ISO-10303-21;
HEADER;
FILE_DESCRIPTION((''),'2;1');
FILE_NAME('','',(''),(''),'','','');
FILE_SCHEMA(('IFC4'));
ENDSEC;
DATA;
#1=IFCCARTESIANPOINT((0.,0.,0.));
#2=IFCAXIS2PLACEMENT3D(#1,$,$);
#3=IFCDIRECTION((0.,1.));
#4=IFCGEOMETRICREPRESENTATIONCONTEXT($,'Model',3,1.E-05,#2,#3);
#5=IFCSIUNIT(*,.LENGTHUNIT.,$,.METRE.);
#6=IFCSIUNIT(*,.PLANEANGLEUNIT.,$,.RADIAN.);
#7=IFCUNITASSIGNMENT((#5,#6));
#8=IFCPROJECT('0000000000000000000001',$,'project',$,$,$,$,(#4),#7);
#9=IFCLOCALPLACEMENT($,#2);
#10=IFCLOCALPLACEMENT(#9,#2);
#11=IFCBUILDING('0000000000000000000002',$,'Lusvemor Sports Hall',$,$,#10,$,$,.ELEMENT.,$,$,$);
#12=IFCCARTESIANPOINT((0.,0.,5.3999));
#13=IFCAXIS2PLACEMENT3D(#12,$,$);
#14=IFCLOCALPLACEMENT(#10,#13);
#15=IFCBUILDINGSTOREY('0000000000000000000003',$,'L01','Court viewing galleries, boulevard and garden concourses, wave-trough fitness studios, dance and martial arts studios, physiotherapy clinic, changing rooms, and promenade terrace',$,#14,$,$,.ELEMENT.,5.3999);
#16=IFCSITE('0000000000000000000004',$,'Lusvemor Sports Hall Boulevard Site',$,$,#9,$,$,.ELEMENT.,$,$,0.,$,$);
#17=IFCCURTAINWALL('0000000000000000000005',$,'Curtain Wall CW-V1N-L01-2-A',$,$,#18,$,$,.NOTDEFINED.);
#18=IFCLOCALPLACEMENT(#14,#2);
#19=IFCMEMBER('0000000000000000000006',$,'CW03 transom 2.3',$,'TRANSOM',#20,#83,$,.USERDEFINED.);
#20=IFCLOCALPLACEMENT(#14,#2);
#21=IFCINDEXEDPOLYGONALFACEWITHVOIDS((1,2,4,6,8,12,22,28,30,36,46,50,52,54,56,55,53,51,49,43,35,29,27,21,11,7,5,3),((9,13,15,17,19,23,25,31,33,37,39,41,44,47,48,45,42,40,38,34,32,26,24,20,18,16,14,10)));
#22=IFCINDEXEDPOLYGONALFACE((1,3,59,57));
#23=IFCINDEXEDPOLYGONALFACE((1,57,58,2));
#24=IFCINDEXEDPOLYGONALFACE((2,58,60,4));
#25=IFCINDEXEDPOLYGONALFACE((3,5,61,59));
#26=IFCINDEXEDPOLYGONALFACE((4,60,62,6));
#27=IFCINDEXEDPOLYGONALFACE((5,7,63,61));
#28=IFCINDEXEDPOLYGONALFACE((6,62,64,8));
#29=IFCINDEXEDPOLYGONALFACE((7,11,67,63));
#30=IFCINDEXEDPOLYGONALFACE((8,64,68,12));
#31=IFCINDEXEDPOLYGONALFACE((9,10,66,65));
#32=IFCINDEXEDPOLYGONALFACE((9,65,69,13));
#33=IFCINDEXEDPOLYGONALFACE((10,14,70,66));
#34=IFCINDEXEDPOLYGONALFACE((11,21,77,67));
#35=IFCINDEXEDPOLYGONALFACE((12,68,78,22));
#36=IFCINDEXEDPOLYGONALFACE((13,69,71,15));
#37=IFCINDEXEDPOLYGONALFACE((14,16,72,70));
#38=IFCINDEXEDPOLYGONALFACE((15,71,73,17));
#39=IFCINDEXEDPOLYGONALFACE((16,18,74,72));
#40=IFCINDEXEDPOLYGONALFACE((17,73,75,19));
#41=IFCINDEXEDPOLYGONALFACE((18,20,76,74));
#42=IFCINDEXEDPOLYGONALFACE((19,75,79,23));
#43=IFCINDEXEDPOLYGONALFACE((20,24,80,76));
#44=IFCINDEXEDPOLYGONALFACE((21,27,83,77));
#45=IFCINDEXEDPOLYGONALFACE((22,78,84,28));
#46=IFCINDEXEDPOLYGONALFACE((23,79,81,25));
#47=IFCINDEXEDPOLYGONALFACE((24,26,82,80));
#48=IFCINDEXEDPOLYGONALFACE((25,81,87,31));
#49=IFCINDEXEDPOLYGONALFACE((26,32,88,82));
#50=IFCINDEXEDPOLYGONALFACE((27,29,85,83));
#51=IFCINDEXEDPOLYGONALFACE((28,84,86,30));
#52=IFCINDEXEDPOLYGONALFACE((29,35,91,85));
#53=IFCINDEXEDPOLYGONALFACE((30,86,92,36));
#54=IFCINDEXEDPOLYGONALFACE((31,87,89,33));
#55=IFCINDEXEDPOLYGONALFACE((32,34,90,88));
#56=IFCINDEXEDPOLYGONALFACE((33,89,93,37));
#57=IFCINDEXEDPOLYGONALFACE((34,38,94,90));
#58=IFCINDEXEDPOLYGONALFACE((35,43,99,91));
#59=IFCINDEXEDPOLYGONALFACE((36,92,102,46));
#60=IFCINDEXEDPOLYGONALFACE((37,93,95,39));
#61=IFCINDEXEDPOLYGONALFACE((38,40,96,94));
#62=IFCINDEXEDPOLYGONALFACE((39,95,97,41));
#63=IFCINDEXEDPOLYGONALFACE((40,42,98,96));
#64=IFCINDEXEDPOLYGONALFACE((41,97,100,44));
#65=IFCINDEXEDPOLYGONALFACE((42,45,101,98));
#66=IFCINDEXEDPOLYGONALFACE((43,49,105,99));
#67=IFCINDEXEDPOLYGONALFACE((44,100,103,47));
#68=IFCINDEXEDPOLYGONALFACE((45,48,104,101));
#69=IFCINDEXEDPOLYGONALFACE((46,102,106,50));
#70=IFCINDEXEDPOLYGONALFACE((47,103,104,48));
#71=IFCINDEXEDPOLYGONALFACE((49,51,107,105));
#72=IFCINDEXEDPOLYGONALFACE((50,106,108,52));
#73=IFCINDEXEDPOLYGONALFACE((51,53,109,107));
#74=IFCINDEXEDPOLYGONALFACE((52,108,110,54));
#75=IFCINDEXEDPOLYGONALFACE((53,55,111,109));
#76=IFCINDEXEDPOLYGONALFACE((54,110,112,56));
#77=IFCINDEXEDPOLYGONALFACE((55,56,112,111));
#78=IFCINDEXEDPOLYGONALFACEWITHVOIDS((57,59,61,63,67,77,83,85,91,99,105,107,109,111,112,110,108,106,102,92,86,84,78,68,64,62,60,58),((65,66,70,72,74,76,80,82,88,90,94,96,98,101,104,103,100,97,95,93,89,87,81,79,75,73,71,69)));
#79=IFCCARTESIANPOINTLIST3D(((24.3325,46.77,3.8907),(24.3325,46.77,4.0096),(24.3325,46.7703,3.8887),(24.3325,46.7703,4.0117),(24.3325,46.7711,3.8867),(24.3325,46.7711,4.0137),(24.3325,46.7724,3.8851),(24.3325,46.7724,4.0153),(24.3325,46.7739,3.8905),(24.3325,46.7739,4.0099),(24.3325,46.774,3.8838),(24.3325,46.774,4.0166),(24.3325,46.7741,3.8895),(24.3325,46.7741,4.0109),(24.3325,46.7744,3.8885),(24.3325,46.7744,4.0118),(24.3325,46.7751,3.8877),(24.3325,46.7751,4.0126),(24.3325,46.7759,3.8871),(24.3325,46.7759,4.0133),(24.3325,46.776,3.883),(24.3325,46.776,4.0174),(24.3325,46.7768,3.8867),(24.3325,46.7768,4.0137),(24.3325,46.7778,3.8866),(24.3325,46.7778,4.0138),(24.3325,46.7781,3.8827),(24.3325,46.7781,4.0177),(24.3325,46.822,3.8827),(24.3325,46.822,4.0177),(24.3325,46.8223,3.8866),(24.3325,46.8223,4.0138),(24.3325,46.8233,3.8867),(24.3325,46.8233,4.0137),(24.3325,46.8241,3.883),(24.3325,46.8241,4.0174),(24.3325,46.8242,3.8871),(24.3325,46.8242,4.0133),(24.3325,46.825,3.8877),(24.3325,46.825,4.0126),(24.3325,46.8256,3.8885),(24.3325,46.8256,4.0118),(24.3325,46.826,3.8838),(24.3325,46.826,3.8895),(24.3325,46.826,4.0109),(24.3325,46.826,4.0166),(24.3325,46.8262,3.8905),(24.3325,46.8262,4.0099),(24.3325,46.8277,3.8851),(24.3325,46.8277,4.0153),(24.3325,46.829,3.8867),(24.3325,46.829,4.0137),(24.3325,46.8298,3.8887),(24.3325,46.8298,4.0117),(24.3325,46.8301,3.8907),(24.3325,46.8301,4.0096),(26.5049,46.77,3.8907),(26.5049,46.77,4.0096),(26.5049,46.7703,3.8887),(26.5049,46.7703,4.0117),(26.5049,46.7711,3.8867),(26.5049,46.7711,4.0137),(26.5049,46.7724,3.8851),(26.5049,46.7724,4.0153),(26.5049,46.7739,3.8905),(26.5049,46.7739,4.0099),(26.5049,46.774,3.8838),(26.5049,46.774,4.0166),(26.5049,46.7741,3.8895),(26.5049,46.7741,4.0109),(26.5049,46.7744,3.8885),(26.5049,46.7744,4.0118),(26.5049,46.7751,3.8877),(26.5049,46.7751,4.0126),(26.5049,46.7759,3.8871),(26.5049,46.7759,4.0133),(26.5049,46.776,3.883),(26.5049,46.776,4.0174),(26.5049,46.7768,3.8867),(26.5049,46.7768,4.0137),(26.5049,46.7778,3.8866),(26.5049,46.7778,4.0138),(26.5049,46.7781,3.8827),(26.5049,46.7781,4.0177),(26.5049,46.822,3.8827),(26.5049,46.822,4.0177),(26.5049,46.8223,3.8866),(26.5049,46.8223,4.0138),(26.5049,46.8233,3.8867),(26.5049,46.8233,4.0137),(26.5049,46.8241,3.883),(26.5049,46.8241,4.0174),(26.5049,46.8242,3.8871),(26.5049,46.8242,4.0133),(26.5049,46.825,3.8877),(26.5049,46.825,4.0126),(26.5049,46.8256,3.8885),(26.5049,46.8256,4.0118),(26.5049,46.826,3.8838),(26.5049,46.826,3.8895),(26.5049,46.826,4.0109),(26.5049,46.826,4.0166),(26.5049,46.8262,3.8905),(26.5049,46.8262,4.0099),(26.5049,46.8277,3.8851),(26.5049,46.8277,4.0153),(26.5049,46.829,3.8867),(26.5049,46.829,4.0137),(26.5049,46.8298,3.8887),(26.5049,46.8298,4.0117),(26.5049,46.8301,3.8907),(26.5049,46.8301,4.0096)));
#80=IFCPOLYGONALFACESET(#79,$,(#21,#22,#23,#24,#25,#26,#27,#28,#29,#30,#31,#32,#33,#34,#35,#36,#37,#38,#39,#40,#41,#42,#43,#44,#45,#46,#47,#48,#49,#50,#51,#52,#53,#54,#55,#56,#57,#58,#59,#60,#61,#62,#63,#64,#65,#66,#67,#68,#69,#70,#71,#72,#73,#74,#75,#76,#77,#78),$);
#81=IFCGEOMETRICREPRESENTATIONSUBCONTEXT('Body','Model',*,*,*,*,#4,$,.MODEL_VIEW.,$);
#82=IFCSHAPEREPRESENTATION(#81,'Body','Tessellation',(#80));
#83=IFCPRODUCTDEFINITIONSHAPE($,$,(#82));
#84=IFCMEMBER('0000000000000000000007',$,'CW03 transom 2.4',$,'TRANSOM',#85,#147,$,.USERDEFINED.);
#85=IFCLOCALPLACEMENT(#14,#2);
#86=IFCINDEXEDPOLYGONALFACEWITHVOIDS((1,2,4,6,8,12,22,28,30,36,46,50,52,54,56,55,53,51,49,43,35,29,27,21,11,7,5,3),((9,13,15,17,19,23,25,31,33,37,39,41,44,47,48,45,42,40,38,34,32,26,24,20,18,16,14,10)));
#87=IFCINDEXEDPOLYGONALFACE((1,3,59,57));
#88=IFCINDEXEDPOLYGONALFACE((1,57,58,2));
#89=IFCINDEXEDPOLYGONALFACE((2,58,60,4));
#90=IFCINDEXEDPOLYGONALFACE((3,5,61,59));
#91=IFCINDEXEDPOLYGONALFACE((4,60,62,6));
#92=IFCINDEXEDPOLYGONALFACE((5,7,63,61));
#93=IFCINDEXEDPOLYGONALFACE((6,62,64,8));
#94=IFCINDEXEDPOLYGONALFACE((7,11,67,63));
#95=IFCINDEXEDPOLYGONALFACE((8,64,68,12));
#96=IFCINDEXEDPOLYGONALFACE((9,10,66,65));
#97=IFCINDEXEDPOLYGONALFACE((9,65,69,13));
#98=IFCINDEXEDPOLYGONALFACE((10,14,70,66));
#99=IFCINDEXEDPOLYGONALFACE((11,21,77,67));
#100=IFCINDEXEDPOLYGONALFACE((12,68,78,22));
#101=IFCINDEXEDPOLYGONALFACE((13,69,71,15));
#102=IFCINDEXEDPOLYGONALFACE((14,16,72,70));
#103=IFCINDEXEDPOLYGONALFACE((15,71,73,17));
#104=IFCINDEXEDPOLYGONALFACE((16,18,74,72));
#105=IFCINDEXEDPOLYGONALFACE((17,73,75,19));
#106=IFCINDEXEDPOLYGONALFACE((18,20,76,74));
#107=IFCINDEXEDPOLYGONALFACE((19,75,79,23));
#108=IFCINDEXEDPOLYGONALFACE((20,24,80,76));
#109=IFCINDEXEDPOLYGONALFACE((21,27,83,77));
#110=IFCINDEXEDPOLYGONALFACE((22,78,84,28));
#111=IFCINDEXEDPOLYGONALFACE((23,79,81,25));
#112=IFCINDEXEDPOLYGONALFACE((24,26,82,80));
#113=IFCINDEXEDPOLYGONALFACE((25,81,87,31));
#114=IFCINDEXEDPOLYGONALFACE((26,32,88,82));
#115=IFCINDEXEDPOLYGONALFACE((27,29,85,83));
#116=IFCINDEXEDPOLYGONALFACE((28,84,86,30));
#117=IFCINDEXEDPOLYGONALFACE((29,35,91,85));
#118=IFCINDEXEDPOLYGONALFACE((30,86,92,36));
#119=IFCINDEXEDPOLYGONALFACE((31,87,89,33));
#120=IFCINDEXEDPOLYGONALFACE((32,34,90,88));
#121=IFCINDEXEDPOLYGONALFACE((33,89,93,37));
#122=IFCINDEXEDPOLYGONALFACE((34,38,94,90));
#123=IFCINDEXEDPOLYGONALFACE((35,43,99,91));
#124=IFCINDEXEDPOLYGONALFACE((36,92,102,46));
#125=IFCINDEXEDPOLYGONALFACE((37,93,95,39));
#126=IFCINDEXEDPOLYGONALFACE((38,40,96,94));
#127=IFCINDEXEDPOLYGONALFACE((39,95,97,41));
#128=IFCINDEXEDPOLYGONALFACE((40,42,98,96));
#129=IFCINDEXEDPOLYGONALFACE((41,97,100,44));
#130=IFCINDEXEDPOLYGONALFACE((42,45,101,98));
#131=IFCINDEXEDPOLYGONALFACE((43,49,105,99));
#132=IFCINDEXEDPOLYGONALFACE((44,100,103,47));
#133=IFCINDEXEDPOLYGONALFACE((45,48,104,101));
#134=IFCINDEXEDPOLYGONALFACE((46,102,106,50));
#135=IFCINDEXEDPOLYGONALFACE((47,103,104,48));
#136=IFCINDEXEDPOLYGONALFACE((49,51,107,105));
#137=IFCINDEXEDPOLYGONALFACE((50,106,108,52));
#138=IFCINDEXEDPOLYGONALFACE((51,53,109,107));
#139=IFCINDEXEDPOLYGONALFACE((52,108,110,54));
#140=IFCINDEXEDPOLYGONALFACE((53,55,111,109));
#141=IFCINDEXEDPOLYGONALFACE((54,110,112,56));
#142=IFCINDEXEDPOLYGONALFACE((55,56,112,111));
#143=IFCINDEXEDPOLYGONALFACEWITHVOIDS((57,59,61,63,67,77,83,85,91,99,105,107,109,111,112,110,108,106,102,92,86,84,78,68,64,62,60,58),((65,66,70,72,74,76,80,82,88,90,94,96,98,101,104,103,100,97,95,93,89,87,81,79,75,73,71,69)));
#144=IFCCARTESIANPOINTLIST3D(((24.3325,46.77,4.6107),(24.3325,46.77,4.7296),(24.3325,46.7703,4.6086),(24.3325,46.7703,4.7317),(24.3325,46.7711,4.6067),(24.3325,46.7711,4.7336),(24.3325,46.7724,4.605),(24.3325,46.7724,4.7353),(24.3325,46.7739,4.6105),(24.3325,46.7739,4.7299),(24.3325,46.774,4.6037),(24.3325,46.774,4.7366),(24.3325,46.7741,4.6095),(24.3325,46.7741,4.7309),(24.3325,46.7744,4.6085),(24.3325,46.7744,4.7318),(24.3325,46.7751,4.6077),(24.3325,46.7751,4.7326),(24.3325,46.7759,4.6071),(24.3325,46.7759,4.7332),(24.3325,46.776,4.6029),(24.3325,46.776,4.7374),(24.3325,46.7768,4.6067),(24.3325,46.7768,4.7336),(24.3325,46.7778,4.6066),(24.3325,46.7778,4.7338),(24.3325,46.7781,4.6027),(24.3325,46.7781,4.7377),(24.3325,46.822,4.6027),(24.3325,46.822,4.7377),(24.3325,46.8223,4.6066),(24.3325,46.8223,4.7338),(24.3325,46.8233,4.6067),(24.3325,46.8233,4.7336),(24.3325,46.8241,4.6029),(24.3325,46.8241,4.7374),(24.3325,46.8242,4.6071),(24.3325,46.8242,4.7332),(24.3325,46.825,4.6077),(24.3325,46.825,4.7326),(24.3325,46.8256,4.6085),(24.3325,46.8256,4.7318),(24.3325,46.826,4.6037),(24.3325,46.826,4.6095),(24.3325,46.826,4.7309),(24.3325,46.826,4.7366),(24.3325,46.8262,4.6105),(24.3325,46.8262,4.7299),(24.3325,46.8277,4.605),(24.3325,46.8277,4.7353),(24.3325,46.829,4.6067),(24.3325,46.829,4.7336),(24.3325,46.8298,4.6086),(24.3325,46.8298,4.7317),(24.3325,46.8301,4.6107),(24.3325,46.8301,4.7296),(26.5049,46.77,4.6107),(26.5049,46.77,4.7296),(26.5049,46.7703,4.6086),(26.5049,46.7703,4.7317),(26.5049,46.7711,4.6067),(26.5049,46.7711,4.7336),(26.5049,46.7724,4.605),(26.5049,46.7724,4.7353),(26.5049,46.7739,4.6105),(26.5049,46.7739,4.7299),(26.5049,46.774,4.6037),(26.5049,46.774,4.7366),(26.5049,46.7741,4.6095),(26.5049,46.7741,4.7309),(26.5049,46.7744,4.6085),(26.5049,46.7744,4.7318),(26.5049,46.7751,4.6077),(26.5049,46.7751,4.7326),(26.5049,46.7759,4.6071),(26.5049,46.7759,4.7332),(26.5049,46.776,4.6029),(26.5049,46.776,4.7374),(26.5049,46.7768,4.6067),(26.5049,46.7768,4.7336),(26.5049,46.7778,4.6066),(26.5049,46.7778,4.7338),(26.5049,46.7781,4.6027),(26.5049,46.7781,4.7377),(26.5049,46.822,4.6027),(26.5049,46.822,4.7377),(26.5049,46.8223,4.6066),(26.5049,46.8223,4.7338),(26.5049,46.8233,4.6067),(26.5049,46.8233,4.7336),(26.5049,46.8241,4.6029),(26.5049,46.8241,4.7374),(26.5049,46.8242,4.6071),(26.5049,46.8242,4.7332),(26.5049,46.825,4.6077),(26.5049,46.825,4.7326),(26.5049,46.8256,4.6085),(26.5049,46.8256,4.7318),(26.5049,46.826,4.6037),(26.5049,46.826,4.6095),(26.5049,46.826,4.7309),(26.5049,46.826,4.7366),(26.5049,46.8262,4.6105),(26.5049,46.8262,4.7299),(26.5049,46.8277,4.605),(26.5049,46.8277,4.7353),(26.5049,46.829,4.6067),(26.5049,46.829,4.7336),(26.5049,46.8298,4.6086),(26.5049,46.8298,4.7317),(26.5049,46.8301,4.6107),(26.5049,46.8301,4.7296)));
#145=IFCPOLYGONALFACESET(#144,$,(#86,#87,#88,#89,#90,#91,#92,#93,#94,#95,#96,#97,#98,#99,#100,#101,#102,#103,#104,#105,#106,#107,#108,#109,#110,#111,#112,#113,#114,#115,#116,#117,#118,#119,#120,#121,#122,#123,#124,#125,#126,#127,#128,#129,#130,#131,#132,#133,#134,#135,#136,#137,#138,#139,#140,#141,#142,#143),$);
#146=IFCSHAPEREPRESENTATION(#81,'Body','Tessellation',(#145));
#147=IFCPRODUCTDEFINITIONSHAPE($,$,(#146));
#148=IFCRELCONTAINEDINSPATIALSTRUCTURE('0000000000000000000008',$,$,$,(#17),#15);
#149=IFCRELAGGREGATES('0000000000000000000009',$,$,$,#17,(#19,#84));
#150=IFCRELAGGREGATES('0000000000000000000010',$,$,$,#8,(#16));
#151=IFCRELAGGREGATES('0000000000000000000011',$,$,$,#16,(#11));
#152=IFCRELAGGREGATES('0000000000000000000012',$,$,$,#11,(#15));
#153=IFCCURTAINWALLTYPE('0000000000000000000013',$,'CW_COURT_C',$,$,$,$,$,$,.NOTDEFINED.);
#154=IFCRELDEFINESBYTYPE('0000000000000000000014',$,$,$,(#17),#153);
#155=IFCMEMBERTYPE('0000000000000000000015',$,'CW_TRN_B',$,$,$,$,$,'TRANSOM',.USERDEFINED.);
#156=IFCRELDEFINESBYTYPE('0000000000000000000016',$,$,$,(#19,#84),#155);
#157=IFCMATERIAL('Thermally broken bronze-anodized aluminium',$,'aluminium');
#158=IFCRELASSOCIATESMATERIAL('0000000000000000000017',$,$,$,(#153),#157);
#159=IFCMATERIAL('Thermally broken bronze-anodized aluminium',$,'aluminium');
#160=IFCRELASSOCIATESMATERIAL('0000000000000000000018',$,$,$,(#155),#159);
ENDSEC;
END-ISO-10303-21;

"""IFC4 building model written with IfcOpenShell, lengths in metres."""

from ifc_helpers import new_model, si_unit, direction, frame, origin, origin_2d, place, context, subcontext, project, spatial, hollow_rectangle, extrude, material, material_profile, profile_set, type_object, element, aggregate, save


model = new_model("IFC4")

# Units and contexts
model_context = context("Model", 3, precision=1e-05, world=origin(), true_north=direction((0.0, 1.0)))
body_context = subcontext(model_context, "Body", "Model", "MODEL_VIEW")
ifc_project = project(units=[si_unit("LENGTHUNIT", "METRE"), si_unit("PLANEANGLEUNIT", "RADIAN")], contexts=[model_context])

# Site, building, storey
site_placement = place(None, origin())
site = spatial("IfcSite", under=ifc_project, at=site_placement, Name="Lusvemor Sports Hall Boulevard Site", CompositionType="ELEMENT", RefElevation=0.0)
building_placement = place(site_placement, origin())
building = spatial("IfcBuilding", under=site, at=building_placement, Name="Lusvemor Sports Hall", CompositionType="ELEMENT")
storey_placement = place(building_placement, frame((0.0, 0.0, 5.3999)))
storey = spatial("IfcBuildingStorey", under=building, at=storey_placement, Name="L01", Description="Court viewing galleries, boulevard and garden concourses, wave-trough fitness studios, dance and martial arts studios, physiotherapy clinic, changing rooms, and promenade terrace", CompositionType="ELEMENT", Elevation=5.3999)

# Curtain wall
ifc_material_1 = material(Name="Thermally broken bronze-anodized aluminium", Category="aluminium")
curtain_wall_type = type_object("IfcCurtainWallType", Name="CW_COURT_C", PredefinedType="NOTDEFINED", material=ifc_material_1)
curtain_wall_1_placement = place(storey_placement, origin())
curtain_wall_1 = element("IfcCurtainWall", 1, at=curtain_wall_1_placement, inside=storey, type_object=curtain_wall_type, Name="Curtain Wall CW-V1N-L01-2-A", PredefinedType="NOTDEFINED")

# Members
ifc_material_2 = material(Name="Thermally broken bronze-anodized aluminium", Category="aluminium")
ifc_material_profile_1 = material_profile(ifc_material_2, hollow_rectangle(XDim=0.0601, YDim=0.135, WallThickness=0.0039, InnerFilletRadius=0.0039, OuterFilletRadius=0.0081, at=origin_2d()), Name="CWTRN135x60x4")
ifc_profile_set_1 = profile_set([ifc_material_profile_1], Name="Thermally broken bronze-anodized aluminium")
member_type_1 = type_object("IfcMemberType", Name="CW_TRN_B", ElementType="TRANSOM", PredefinedType="USERDEFINED", material=ifc_profile_set_1)
member_1_placement = place(storey_placement, frame((24.3325, 46.8, 3.9502), z_axis=(1.0, 0.0, 0.0), x_axis=(0.0, 1.0, 0.0)))
member_1 = element("IfcMember", 2, at=member_1_placement, type_object=member_type_1, Name="CW03 transom 2.3", ObjectType="TRANSOM", PredefinedType="USERDEFINED", context=body_context, shape_type="SweptSolid", body=[
    extrude(hollow_rectangle(XDim=0.0601, YDim=0.135, WallThickness=0.0039, InnerFilletRadius=0.0039, OuterFilletRadius=0.0081, at=origin_2d()), origin(), (0.0, 0.0, 1.0), 2.1724),
])
member_2_placement = place(storey_placement, frame((24.3325, 46.8, 4.6702), z_axis=(1.0, 0.0, 0.0), x_axis=(0.0, 1.0, 0.0)))
member_2 = element("IfcMember", 3, at=member_2_placement, type_object=member_type_1, Name="CW03 transom 2.4", ObjectType="TRANSOM", PredefinedType="USERDEFINED", context=body_context, shape_type="SweptSolid", body=[
    extrude(hollow_rectangle(XDim=0.0601, YDim=0.135, WallThickness=0.0039, InnerFilletRadius=0.0039, OuterFilletRadius=0.0081, at=origin_2d()), origin(), (0.0, 0.0, 1.0), 2.1724),
])

aggregate(curtain_wall_1, [member_1, member_2])

save(model, "model.ifc")
